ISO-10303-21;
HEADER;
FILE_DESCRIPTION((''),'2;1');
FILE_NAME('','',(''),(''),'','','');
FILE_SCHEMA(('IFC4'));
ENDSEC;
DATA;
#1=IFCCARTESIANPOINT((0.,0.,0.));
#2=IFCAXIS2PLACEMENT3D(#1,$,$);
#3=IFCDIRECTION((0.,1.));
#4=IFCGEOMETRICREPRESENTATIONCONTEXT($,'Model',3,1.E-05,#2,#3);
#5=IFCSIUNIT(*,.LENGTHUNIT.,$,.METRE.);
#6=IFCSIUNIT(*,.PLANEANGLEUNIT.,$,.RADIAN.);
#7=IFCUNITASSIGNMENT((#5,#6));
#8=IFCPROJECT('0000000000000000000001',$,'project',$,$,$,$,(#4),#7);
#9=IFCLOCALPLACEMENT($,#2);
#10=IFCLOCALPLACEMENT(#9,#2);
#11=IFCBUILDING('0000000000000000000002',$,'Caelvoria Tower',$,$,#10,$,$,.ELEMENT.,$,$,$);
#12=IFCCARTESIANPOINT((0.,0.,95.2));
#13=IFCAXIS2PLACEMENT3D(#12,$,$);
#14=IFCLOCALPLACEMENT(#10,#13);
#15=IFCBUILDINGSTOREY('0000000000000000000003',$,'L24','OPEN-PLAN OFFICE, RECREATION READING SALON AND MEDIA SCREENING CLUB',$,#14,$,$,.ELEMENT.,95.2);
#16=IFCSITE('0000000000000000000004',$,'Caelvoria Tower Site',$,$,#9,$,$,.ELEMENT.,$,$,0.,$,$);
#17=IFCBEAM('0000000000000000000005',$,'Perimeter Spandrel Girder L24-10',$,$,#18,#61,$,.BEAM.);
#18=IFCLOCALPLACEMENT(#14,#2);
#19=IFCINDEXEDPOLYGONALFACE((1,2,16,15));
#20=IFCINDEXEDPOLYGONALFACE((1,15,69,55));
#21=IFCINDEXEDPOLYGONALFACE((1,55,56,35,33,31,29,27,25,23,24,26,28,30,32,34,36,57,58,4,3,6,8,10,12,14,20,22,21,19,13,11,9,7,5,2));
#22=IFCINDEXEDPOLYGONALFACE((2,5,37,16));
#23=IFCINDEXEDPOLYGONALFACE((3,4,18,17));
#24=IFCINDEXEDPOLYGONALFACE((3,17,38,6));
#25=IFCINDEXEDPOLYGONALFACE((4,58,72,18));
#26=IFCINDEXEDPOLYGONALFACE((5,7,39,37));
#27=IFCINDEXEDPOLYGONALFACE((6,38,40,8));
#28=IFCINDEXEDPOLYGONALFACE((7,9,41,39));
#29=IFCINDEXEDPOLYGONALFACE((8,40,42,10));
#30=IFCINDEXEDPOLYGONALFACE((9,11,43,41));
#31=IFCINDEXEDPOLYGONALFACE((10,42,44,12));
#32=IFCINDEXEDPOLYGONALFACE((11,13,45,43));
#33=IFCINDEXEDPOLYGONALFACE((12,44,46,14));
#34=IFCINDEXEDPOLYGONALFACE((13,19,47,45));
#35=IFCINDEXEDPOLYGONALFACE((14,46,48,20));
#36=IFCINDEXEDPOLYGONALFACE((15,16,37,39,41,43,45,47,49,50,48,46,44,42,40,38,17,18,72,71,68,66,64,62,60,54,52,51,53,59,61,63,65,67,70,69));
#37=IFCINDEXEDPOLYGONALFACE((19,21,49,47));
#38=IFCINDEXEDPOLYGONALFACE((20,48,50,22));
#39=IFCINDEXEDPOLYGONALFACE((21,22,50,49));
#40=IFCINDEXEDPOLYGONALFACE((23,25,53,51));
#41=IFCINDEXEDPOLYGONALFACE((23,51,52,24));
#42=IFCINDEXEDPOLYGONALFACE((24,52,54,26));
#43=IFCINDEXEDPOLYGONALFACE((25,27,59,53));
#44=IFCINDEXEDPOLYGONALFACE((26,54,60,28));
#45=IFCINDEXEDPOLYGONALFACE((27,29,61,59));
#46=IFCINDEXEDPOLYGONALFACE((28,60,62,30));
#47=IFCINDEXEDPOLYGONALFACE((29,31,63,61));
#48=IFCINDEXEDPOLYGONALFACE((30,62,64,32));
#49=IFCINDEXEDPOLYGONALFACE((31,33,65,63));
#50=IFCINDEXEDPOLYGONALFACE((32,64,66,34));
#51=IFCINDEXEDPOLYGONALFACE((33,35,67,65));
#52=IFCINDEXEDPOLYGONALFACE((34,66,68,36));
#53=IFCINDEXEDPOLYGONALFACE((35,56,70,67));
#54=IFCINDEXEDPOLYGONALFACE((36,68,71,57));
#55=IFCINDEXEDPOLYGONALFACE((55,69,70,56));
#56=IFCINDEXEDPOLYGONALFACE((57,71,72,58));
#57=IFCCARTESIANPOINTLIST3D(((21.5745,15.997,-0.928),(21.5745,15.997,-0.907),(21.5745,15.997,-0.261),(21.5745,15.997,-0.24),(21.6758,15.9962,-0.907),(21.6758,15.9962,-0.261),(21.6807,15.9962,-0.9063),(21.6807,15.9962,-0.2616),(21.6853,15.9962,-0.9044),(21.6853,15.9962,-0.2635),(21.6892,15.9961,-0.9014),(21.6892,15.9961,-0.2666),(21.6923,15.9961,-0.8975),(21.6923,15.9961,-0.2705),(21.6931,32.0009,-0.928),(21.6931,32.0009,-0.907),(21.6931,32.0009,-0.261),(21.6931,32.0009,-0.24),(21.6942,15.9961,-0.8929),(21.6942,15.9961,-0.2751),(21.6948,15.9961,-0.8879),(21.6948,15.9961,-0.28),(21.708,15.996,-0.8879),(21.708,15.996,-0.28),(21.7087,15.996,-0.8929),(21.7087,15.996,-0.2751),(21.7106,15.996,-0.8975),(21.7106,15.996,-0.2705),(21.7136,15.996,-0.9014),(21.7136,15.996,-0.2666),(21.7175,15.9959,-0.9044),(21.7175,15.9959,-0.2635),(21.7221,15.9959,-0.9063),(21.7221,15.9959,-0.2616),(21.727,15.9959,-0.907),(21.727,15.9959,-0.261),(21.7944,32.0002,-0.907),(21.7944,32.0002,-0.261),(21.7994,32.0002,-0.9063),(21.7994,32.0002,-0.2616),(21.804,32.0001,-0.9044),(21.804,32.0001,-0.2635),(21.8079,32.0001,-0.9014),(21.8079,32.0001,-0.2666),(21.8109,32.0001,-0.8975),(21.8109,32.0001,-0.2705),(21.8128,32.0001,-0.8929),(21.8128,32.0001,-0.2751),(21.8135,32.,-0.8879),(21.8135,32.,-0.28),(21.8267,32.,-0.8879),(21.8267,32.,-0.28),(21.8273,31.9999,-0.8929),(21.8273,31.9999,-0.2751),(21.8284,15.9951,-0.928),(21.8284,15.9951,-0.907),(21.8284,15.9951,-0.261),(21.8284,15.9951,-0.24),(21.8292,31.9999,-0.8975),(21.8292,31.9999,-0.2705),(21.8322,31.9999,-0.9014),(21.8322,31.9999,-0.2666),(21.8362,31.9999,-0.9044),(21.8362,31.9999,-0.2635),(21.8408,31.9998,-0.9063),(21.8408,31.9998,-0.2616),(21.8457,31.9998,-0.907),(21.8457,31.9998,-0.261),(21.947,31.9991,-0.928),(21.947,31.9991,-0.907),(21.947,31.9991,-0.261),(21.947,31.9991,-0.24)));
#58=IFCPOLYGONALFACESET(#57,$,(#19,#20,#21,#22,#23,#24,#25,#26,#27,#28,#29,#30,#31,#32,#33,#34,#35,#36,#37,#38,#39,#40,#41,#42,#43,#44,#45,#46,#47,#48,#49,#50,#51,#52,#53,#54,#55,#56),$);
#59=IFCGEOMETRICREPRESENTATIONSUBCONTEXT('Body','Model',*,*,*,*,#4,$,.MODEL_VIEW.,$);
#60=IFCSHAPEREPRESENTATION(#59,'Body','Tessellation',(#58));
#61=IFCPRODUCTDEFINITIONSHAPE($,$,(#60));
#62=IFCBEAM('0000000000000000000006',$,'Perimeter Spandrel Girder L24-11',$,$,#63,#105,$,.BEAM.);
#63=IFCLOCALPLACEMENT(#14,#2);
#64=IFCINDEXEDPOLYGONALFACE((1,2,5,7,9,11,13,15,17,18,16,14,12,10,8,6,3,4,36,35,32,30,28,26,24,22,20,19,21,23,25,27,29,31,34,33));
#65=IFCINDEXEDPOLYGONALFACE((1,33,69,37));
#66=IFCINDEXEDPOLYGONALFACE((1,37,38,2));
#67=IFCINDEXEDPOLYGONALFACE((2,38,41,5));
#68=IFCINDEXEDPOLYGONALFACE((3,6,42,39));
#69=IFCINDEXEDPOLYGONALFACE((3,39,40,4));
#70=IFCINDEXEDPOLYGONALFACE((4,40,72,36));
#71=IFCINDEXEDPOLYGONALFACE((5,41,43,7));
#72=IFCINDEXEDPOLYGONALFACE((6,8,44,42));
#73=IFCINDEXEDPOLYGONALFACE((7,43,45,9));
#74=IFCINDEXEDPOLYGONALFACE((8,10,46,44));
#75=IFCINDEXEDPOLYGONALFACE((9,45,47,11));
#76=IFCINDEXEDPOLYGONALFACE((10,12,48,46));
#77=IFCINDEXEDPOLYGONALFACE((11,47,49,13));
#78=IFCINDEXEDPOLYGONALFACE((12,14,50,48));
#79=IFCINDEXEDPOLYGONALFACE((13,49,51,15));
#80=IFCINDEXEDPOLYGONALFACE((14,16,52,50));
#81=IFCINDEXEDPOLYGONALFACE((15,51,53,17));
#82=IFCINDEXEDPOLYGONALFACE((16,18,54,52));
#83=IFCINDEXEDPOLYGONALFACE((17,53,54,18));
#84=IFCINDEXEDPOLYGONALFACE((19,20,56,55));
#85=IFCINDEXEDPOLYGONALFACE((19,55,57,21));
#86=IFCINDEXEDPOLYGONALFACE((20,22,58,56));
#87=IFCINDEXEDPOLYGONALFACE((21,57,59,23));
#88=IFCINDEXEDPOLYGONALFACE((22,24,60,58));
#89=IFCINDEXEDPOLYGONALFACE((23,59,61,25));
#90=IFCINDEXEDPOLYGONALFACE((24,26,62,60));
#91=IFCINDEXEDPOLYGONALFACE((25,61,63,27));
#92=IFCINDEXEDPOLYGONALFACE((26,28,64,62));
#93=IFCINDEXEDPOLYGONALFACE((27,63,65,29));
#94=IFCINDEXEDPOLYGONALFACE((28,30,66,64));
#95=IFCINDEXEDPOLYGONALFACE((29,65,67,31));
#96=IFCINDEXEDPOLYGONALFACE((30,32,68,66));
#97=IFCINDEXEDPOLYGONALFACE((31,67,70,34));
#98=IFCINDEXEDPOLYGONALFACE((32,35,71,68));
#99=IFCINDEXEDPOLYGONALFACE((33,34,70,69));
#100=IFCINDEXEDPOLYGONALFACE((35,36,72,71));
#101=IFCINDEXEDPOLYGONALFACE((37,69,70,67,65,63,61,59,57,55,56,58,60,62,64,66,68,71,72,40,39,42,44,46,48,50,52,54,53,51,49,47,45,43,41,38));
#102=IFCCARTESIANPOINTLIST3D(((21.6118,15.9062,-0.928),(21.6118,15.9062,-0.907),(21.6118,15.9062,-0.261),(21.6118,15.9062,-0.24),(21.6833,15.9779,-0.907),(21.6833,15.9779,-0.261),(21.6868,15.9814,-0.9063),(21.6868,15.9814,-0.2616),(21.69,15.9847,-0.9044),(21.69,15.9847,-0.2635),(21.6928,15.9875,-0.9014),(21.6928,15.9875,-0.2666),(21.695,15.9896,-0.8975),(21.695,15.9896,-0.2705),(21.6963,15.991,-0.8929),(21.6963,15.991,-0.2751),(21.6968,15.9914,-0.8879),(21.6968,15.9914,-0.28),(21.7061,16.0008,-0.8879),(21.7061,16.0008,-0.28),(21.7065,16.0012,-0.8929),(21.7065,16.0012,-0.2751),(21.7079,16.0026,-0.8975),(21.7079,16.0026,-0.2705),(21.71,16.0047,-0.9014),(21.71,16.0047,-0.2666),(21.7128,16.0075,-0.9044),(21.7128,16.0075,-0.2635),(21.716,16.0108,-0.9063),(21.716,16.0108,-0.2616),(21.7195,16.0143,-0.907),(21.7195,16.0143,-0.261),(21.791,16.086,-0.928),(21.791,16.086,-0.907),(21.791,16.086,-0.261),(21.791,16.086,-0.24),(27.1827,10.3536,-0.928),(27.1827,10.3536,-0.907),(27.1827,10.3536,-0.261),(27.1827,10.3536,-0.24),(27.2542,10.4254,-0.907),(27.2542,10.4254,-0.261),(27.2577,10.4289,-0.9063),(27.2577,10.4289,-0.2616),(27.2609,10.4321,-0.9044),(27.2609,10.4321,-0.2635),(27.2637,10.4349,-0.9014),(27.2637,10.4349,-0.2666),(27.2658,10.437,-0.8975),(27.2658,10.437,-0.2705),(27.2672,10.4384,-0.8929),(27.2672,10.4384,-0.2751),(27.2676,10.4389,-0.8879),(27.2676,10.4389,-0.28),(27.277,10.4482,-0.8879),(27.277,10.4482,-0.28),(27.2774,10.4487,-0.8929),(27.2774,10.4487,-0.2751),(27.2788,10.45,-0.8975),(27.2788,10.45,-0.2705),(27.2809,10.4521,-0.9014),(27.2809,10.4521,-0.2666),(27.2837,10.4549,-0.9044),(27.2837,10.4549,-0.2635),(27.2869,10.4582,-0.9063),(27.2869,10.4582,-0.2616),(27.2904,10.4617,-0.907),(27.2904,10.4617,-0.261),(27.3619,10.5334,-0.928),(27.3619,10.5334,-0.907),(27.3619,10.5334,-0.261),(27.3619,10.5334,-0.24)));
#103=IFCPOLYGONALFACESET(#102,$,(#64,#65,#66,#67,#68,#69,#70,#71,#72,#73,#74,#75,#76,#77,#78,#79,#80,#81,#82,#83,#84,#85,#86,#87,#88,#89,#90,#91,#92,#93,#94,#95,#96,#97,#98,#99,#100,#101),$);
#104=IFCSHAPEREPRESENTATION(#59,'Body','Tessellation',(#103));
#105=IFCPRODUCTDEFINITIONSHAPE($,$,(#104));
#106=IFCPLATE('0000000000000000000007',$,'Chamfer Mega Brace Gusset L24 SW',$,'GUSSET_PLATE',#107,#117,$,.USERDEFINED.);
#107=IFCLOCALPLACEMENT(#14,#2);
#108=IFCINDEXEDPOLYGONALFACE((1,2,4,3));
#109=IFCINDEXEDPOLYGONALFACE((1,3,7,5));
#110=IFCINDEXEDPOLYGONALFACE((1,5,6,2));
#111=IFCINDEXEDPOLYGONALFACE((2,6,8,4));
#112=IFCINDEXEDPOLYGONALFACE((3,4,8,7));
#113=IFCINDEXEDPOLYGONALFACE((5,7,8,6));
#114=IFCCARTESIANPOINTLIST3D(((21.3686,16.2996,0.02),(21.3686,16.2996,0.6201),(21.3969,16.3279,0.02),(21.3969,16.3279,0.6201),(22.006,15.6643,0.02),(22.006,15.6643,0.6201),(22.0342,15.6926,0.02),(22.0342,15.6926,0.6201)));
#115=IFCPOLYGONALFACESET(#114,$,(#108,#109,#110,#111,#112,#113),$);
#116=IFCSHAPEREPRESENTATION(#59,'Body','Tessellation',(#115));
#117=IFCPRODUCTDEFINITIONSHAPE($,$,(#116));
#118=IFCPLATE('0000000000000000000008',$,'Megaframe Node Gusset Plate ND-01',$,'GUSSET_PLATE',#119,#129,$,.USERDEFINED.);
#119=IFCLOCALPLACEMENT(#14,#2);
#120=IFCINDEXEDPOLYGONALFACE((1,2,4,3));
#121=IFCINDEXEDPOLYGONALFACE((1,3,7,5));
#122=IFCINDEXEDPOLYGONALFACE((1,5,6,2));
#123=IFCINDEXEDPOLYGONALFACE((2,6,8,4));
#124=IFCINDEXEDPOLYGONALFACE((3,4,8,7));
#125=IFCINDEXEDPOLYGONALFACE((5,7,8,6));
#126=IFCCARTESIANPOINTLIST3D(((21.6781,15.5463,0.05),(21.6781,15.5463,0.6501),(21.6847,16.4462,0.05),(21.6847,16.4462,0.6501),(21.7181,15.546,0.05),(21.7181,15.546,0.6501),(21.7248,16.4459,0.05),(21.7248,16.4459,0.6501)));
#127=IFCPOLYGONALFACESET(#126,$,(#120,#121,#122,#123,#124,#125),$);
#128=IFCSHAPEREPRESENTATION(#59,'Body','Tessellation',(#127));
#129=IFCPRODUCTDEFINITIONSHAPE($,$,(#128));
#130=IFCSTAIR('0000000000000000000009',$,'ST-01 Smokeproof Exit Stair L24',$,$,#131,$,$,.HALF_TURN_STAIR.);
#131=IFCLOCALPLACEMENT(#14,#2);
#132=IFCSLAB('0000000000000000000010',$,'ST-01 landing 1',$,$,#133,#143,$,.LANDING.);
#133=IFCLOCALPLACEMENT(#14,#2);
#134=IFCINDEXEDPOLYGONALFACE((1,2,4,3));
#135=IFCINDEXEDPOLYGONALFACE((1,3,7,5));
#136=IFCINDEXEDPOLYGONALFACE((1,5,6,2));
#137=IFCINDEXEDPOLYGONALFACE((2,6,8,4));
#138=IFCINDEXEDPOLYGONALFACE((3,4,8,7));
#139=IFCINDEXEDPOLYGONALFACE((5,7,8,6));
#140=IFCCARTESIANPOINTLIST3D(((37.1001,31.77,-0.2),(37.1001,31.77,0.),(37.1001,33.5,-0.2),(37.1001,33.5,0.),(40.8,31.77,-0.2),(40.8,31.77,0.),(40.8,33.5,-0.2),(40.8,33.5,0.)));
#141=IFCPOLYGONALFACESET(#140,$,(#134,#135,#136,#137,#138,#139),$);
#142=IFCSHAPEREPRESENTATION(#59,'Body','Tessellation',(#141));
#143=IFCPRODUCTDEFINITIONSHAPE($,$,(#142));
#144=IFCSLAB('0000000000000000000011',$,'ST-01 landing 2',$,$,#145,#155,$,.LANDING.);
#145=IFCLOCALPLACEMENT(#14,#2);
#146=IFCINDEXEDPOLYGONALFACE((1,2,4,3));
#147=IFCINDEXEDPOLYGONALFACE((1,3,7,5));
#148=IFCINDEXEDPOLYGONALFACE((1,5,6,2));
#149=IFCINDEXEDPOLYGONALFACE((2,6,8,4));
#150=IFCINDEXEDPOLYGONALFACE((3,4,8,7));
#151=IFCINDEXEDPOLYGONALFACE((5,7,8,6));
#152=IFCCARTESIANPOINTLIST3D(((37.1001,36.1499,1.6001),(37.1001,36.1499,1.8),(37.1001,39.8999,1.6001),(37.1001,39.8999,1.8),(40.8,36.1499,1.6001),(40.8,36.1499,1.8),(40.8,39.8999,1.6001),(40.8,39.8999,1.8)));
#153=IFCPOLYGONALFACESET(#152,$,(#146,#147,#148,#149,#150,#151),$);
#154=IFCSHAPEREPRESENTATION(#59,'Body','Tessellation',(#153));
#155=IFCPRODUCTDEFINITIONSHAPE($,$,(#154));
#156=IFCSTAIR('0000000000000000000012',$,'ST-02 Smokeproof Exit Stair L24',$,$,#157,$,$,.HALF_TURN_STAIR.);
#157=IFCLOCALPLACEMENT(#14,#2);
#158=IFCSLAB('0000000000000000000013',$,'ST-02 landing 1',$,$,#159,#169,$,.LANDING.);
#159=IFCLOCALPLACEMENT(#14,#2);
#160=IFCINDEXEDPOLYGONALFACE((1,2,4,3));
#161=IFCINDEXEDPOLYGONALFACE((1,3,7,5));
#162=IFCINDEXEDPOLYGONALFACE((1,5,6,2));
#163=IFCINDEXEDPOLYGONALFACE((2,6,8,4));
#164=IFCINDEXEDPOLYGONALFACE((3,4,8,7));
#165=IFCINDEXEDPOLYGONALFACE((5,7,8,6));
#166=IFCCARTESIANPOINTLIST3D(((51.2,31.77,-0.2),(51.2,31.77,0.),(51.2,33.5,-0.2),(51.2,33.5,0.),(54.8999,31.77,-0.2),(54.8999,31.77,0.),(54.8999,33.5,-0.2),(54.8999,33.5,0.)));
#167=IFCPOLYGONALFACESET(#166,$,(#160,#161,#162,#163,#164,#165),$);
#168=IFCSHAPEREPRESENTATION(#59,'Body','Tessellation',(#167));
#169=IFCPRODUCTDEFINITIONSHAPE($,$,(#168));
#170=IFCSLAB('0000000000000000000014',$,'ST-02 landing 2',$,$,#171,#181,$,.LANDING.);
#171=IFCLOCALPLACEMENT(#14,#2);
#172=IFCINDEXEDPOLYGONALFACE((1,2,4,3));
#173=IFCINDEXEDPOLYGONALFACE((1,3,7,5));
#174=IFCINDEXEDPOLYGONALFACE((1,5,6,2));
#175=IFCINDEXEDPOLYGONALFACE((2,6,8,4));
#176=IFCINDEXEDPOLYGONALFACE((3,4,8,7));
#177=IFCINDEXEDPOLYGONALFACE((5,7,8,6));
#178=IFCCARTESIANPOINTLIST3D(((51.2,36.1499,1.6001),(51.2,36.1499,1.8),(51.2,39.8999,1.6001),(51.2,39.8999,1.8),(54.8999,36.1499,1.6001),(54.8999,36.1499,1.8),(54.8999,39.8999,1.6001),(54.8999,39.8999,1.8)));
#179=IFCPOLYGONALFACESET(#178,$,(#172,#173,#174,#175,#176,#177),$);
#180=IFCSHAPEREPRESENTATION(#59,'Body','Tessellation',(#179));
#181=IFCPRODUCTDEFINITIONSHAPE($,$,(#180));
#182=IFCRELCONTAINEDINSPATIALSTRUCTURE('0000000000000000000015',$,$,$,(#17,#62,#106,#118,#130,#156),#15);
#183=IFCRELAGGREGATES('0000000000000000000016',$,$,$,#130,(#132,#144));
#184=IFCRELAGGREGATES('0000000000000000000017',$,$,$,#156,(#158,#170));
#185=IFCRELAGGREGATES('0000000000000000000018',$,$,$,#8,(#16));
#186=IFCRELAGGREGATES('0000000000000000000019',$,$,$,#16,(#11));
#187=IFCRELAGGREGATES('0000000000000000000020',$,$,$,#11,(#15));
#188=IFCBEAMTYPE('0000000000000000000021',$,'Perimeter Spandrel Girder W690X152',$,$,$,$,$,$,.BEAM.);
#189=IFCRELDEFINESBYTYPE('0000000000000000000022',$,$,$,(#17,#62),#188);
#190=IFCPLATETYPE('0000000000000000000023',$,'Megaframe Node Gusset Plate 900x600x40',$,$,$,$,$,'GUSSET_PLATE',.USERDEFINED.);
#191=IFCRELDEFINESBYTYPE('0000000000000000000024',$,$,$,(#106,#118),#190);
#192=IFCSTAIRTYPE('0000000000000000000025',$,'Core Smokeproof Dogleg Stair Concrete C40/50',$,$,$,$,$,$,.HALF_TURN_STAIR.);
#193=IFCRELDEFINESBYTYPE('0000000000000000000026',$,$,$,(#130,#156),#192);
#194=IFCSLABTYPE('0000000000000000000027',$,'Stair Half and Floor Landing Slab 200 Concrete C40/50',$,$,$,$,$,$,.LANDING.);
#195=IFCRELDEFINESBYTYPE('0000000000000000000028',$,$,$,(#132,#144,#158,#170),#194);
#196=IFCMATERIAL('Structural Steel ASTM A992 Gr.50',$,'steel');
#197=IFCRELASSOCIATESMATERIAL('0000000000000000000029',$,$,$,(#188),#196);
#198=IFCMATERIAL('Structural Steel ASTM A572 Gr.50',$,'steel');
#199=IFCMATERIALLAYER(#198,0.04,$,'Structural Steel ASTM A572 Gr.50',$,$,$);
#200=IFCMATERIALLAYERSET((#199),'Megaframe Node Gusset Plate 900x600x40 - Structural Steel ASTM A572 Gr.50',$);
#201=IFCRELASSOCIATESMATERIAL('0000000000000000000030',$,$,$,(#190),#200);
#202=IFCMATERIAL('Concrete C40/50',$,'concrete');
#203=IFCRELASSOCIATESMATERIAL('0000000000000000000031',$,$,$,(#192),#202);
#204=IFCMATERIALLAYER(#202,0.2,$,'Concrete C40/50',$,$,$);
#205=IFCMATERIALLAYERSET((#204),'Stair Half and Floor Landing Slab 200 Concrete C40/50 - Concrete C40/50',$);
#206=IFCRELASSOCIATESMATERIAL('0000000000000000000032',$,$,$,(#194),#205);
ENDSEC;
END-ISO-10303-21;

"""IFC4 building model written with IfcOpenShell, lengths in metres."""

from ifc_helpers import new_model, si_unit, direction, frame, origin, origin_2d, place, context, subcontext, project, spatial, polyline, rectangle, i_section, outline, extrude, material, layer, layer_set, material_profile, profile_set, type_object, element, aggregate, save


model = new_model("IFC4")

# Units and contexts
model_context = context("Model", 3, precision=1e-05, world=origin(), true_north=direction((0.0, 1.0)))
body_context = subcontext(model_context, "Body", "Model", "MODEL_VIEW")
ifc_project = project(units=[si_unit("LENGTHUNIT", "METRE"), si_unit("PLANEANGLEUNIT", "RADIAN")], contexts=[model_context])

# Site, building, storey
site_placement = place(None, origin())
site = spatial("IfcSite", under=ifc_project, at=site_placement, Name="Caelvoria Tower Site", CompositionType="ELEMENT", RefElevation=0.0)
building_placement = place(site_placement, origin())
building = spatial("IfcBuilding", under=site, at=building_placement, Name="Caelvoria Tower", CompositionType="ELEMENT")
storey_placement = place(building_placement, frame((0.0, 0.0, 95.2)))
storey = spatial("IfcBuildingStorey", under=building, at=storey_placement, Name="L24", Description="OPEN-PLAN OFFICE, RECREATION READING SALON AND MEDIA SCREENING CLUB", CompositionType="ELEMENT", Elevation=95.2)

# Shared definitions
ifc_material_1 = material(Name="Structural Steel ASTM A572 Gr.50", Category="steel")

# Beams
ifc_material_2 = material(Name="Structural Steel ASTM A992 Gr.50", Category="steel")
ifc_material_profile_1 = material_profile(ifc_material_2, i_section(OverallWidth=0.2539, OverallDepth=0.688, WebThickness=0.0132, FlangeThickness=0.021, FilletRadius=0.019, at=origin_2d()), Name="Structural Steel ASTM A992 Gr.50")
ifc_profile_set_1 = profile_set([ifc_material_profile_1], Name="W690X152 - Structural Steel ASTM A992 Gr.50")
beam_type = type_object("IfcBeamType", Name="Perimeter Spandrel Girder W690X152", PredefinedType="BEAM", material=ifc_profile_set_1)
beam_1_placement = place(storey_placement, frame((21.8201, 32.0, -0.584), z_axis=(-0.007414, -0.999973, 0.0), x_axis=(0.999973, -0.007414, 0.0)))
element("IfcBeam", 1, at=beam_1_placement, inside=storey, type_object=beam_type, Name="Perimeter Spandrel Girder L24-10", PredefinedType="BEAM", context=body_context, shape_type="SweptSolid", body=[
    extrude(i_section(OverallWidth=0.2539, OverallDepth=0.688, WebThickness=0.0132, FlangeThickness=0.021, FilletRadius=0.019, at=origin_2d()), origin(), (0.0, 0.0, 1.0), 16.0044),
])
beam_2_placement = place(storey_placement, frame((21.7014, 15.9961, -0.584), z_axis=(0.70827, -0.705942, 0.0), x_axis=(0.705942, 0.70827, 0.0)))
element("IfcBeam", 2, at=beam_2_placement, inside=storey, type_object=beam_type, Name="Perimeter Spandrel Girder L24-11", PredefinedType="BEAM", context=body_context, shape_type="SweptSolid", body=[
    extrude(i_section(OverallWidth=0.2539, OverallDepth=0.688, WebThickness=0.0132, FlangeThickness=0.021, FilletRadius=0.019, at=origin_2d()), origin(), (0.0, 0.0, 1.0), 7.8655),
])

# Plates
ifc_layer_1 = layer(ifc_material_1, 0.04, Name="Structural Steel ASTM A572 Gr.50")
ifc_layer_set_1 = layer_set([ifc_layer_1], Name="Megaframe Node Gusset Plate 900x600x40 - Structural Steel ASTM A572 Gr.50")
plate_type = type_object("IfcPlateType", Name="Megaframe Node Gusset Plate 900x600x40", ElementType="GUSSET_PLATE", PredefinedType="USERDEFINED", material=ifc_layer_set_1)
for number, where, z_axis, x_axis, name in (
    (3, (21.7014, 15.9961, 0.02), (0.0, 0.0, 1.0), (0.708276, -0.705936, 0.0), "Chamfer Mega Brace Gusset L24 SW"),
    (4, (21.7014, 15.9961, 0.05), (0.0, 0.0, 1.0), (0.007416, 0.999973, 0.0), "Megaframe Node Gusset Plate ND-01"),
):
    element("IfcPlate", number, at=place(storey_placement, frame(where, z_axis=z_axis, x_axis=x_axis)), inside=storey, type_object=plate_type, Name=name, ObjectType="GUSSET_PLATE", PredefinedType="USERDEFINED", context=body_context, shape_type="SweptSolid", body=[
        extrude(rectangle(XDim=0.8999, YDim=0.04, at=origin_2d()), origin(), (0.0, 0.0, 1.0), 0.6001),
    ])

# Stairs, slabs
ifc_material_3 = material(Name="Concrete C40/50", Category="concrete")
stair_type = type_object("IfcStairType", Name="Core Smokeproof Dogleg Stair Concrete C40/50", PredefinedType="HALF_TURN_STAIR", material=ifc_material_3)
stair_1_placement = place(storey_placement, origin())
stair_1 = element("IfcStair", 5, at=stair_1_placement, inside=storey, type_object=stair_type, Name="ST-01 Smokeproof Exit Stair L24", PredefinedType="HALF_TURN_STAIR")
ifc_layer_2 = layer(ifc_material_3, 0.2, Name="Concrete C40/50")
ifc_layer_set_2 = layer_set([ifc_layer_2], Name="Stair Half and Floor Landing Slab 200 Concrete C40/50 - Concrete C40/50")
slab_type_1 = type_object("IfcSlabType", Name="Stair Half and Floor Landing Slab 200 Concrete C40/50", PredefinedType="LANDING", material=ifc_layer_set_2)
slab_1_placement = place(storey_placement, frame((0.0, 0.0, -0.2)))
slab_1 = element("IfcSlab", 6, at=slab_1_placement, type_object=slab_type_1, Name="ST-01 landing 1", PredefinedType="LANDING", context=body_context, shape_type="SweptSolid", body=[
    extrude(outline(polyline([(37.1001, 31.77), (40.8, 31.77), (40.8, 33.5), (37.1001, 33.5), (37.1001, 31.77)])), origin(), (0.0, 0.0, 1.0), 0.2),
])
slab_2_placement = place(storey_placement, frame((0.0, 0.0, 1.6001)))
slab_2 = element("IfcSlab", 7, at=slab_2_placement, type_object=slab_type_1, Name="ST-01 landing 2", PredefinedType="LANDING", context=body_context, shape_type="SweptSolid", body=[
    extrude(outline(polyline([(37.1001, 36.1499), (40.8, 36.1499), (40.8, 39.8999), (37.1001, 39.8999), (37.1001, 36.1499)])), origin(), (0.0, 0.0, 1.0), 0.2),
])
aggregate(stair_1, [slab_1, slab_2])
stair_2_placement = place(storey_placement, origin())
stair_2 = element("IfcStair", 8, at=stair_2_placement, inside=storey, type_object=stair_type, Name="ST-02 Smokeproof Exit Stair L24", PredefinedType="HALF_TURN_STAIR")
slab_3_placement = place(storey_placement, frame((0.0, 0.0, -0.2)))
slab_3 = element("IfcSlab", 9, at=slab_3_placement, type_object=slab_type_1, Name="ST-02 landing 1", PredefinedType="LANDING", context=body_context, shape_type="SweptSolid", body=[
    extrude(outline(polyline([(51.2, 31.77), (54.8999, 31.77), (54.8999, 33.5), (51.2, 33.5), (51.2, 31.77)])), origin(), (0.0, 0.0, 1.0), 0.2),
])
slab_4_placement = place(storey_placement, frame((0.0, 0.0, 1.6001)))
slab_4 = element("IfcSlab", 10, at=slab_4_placement, type_object=slab_type_1, Name="ST-02 landing 2", PredefinedType="LANDING", context=body_context, shape_type="SweptSolid", body=[
    extrude(outline(polyline([(51.2, 36.1499), (54.8999, 36.1499), (54.8999, 39.8999), (51.2, 39.8999), (51.2, 36.1499)])), origin(), (0.0, 0.0, 1.0), 0.2),
])
aggregate(stair_2, [slab_3, slab_4])

save(model, "model.ifc")
